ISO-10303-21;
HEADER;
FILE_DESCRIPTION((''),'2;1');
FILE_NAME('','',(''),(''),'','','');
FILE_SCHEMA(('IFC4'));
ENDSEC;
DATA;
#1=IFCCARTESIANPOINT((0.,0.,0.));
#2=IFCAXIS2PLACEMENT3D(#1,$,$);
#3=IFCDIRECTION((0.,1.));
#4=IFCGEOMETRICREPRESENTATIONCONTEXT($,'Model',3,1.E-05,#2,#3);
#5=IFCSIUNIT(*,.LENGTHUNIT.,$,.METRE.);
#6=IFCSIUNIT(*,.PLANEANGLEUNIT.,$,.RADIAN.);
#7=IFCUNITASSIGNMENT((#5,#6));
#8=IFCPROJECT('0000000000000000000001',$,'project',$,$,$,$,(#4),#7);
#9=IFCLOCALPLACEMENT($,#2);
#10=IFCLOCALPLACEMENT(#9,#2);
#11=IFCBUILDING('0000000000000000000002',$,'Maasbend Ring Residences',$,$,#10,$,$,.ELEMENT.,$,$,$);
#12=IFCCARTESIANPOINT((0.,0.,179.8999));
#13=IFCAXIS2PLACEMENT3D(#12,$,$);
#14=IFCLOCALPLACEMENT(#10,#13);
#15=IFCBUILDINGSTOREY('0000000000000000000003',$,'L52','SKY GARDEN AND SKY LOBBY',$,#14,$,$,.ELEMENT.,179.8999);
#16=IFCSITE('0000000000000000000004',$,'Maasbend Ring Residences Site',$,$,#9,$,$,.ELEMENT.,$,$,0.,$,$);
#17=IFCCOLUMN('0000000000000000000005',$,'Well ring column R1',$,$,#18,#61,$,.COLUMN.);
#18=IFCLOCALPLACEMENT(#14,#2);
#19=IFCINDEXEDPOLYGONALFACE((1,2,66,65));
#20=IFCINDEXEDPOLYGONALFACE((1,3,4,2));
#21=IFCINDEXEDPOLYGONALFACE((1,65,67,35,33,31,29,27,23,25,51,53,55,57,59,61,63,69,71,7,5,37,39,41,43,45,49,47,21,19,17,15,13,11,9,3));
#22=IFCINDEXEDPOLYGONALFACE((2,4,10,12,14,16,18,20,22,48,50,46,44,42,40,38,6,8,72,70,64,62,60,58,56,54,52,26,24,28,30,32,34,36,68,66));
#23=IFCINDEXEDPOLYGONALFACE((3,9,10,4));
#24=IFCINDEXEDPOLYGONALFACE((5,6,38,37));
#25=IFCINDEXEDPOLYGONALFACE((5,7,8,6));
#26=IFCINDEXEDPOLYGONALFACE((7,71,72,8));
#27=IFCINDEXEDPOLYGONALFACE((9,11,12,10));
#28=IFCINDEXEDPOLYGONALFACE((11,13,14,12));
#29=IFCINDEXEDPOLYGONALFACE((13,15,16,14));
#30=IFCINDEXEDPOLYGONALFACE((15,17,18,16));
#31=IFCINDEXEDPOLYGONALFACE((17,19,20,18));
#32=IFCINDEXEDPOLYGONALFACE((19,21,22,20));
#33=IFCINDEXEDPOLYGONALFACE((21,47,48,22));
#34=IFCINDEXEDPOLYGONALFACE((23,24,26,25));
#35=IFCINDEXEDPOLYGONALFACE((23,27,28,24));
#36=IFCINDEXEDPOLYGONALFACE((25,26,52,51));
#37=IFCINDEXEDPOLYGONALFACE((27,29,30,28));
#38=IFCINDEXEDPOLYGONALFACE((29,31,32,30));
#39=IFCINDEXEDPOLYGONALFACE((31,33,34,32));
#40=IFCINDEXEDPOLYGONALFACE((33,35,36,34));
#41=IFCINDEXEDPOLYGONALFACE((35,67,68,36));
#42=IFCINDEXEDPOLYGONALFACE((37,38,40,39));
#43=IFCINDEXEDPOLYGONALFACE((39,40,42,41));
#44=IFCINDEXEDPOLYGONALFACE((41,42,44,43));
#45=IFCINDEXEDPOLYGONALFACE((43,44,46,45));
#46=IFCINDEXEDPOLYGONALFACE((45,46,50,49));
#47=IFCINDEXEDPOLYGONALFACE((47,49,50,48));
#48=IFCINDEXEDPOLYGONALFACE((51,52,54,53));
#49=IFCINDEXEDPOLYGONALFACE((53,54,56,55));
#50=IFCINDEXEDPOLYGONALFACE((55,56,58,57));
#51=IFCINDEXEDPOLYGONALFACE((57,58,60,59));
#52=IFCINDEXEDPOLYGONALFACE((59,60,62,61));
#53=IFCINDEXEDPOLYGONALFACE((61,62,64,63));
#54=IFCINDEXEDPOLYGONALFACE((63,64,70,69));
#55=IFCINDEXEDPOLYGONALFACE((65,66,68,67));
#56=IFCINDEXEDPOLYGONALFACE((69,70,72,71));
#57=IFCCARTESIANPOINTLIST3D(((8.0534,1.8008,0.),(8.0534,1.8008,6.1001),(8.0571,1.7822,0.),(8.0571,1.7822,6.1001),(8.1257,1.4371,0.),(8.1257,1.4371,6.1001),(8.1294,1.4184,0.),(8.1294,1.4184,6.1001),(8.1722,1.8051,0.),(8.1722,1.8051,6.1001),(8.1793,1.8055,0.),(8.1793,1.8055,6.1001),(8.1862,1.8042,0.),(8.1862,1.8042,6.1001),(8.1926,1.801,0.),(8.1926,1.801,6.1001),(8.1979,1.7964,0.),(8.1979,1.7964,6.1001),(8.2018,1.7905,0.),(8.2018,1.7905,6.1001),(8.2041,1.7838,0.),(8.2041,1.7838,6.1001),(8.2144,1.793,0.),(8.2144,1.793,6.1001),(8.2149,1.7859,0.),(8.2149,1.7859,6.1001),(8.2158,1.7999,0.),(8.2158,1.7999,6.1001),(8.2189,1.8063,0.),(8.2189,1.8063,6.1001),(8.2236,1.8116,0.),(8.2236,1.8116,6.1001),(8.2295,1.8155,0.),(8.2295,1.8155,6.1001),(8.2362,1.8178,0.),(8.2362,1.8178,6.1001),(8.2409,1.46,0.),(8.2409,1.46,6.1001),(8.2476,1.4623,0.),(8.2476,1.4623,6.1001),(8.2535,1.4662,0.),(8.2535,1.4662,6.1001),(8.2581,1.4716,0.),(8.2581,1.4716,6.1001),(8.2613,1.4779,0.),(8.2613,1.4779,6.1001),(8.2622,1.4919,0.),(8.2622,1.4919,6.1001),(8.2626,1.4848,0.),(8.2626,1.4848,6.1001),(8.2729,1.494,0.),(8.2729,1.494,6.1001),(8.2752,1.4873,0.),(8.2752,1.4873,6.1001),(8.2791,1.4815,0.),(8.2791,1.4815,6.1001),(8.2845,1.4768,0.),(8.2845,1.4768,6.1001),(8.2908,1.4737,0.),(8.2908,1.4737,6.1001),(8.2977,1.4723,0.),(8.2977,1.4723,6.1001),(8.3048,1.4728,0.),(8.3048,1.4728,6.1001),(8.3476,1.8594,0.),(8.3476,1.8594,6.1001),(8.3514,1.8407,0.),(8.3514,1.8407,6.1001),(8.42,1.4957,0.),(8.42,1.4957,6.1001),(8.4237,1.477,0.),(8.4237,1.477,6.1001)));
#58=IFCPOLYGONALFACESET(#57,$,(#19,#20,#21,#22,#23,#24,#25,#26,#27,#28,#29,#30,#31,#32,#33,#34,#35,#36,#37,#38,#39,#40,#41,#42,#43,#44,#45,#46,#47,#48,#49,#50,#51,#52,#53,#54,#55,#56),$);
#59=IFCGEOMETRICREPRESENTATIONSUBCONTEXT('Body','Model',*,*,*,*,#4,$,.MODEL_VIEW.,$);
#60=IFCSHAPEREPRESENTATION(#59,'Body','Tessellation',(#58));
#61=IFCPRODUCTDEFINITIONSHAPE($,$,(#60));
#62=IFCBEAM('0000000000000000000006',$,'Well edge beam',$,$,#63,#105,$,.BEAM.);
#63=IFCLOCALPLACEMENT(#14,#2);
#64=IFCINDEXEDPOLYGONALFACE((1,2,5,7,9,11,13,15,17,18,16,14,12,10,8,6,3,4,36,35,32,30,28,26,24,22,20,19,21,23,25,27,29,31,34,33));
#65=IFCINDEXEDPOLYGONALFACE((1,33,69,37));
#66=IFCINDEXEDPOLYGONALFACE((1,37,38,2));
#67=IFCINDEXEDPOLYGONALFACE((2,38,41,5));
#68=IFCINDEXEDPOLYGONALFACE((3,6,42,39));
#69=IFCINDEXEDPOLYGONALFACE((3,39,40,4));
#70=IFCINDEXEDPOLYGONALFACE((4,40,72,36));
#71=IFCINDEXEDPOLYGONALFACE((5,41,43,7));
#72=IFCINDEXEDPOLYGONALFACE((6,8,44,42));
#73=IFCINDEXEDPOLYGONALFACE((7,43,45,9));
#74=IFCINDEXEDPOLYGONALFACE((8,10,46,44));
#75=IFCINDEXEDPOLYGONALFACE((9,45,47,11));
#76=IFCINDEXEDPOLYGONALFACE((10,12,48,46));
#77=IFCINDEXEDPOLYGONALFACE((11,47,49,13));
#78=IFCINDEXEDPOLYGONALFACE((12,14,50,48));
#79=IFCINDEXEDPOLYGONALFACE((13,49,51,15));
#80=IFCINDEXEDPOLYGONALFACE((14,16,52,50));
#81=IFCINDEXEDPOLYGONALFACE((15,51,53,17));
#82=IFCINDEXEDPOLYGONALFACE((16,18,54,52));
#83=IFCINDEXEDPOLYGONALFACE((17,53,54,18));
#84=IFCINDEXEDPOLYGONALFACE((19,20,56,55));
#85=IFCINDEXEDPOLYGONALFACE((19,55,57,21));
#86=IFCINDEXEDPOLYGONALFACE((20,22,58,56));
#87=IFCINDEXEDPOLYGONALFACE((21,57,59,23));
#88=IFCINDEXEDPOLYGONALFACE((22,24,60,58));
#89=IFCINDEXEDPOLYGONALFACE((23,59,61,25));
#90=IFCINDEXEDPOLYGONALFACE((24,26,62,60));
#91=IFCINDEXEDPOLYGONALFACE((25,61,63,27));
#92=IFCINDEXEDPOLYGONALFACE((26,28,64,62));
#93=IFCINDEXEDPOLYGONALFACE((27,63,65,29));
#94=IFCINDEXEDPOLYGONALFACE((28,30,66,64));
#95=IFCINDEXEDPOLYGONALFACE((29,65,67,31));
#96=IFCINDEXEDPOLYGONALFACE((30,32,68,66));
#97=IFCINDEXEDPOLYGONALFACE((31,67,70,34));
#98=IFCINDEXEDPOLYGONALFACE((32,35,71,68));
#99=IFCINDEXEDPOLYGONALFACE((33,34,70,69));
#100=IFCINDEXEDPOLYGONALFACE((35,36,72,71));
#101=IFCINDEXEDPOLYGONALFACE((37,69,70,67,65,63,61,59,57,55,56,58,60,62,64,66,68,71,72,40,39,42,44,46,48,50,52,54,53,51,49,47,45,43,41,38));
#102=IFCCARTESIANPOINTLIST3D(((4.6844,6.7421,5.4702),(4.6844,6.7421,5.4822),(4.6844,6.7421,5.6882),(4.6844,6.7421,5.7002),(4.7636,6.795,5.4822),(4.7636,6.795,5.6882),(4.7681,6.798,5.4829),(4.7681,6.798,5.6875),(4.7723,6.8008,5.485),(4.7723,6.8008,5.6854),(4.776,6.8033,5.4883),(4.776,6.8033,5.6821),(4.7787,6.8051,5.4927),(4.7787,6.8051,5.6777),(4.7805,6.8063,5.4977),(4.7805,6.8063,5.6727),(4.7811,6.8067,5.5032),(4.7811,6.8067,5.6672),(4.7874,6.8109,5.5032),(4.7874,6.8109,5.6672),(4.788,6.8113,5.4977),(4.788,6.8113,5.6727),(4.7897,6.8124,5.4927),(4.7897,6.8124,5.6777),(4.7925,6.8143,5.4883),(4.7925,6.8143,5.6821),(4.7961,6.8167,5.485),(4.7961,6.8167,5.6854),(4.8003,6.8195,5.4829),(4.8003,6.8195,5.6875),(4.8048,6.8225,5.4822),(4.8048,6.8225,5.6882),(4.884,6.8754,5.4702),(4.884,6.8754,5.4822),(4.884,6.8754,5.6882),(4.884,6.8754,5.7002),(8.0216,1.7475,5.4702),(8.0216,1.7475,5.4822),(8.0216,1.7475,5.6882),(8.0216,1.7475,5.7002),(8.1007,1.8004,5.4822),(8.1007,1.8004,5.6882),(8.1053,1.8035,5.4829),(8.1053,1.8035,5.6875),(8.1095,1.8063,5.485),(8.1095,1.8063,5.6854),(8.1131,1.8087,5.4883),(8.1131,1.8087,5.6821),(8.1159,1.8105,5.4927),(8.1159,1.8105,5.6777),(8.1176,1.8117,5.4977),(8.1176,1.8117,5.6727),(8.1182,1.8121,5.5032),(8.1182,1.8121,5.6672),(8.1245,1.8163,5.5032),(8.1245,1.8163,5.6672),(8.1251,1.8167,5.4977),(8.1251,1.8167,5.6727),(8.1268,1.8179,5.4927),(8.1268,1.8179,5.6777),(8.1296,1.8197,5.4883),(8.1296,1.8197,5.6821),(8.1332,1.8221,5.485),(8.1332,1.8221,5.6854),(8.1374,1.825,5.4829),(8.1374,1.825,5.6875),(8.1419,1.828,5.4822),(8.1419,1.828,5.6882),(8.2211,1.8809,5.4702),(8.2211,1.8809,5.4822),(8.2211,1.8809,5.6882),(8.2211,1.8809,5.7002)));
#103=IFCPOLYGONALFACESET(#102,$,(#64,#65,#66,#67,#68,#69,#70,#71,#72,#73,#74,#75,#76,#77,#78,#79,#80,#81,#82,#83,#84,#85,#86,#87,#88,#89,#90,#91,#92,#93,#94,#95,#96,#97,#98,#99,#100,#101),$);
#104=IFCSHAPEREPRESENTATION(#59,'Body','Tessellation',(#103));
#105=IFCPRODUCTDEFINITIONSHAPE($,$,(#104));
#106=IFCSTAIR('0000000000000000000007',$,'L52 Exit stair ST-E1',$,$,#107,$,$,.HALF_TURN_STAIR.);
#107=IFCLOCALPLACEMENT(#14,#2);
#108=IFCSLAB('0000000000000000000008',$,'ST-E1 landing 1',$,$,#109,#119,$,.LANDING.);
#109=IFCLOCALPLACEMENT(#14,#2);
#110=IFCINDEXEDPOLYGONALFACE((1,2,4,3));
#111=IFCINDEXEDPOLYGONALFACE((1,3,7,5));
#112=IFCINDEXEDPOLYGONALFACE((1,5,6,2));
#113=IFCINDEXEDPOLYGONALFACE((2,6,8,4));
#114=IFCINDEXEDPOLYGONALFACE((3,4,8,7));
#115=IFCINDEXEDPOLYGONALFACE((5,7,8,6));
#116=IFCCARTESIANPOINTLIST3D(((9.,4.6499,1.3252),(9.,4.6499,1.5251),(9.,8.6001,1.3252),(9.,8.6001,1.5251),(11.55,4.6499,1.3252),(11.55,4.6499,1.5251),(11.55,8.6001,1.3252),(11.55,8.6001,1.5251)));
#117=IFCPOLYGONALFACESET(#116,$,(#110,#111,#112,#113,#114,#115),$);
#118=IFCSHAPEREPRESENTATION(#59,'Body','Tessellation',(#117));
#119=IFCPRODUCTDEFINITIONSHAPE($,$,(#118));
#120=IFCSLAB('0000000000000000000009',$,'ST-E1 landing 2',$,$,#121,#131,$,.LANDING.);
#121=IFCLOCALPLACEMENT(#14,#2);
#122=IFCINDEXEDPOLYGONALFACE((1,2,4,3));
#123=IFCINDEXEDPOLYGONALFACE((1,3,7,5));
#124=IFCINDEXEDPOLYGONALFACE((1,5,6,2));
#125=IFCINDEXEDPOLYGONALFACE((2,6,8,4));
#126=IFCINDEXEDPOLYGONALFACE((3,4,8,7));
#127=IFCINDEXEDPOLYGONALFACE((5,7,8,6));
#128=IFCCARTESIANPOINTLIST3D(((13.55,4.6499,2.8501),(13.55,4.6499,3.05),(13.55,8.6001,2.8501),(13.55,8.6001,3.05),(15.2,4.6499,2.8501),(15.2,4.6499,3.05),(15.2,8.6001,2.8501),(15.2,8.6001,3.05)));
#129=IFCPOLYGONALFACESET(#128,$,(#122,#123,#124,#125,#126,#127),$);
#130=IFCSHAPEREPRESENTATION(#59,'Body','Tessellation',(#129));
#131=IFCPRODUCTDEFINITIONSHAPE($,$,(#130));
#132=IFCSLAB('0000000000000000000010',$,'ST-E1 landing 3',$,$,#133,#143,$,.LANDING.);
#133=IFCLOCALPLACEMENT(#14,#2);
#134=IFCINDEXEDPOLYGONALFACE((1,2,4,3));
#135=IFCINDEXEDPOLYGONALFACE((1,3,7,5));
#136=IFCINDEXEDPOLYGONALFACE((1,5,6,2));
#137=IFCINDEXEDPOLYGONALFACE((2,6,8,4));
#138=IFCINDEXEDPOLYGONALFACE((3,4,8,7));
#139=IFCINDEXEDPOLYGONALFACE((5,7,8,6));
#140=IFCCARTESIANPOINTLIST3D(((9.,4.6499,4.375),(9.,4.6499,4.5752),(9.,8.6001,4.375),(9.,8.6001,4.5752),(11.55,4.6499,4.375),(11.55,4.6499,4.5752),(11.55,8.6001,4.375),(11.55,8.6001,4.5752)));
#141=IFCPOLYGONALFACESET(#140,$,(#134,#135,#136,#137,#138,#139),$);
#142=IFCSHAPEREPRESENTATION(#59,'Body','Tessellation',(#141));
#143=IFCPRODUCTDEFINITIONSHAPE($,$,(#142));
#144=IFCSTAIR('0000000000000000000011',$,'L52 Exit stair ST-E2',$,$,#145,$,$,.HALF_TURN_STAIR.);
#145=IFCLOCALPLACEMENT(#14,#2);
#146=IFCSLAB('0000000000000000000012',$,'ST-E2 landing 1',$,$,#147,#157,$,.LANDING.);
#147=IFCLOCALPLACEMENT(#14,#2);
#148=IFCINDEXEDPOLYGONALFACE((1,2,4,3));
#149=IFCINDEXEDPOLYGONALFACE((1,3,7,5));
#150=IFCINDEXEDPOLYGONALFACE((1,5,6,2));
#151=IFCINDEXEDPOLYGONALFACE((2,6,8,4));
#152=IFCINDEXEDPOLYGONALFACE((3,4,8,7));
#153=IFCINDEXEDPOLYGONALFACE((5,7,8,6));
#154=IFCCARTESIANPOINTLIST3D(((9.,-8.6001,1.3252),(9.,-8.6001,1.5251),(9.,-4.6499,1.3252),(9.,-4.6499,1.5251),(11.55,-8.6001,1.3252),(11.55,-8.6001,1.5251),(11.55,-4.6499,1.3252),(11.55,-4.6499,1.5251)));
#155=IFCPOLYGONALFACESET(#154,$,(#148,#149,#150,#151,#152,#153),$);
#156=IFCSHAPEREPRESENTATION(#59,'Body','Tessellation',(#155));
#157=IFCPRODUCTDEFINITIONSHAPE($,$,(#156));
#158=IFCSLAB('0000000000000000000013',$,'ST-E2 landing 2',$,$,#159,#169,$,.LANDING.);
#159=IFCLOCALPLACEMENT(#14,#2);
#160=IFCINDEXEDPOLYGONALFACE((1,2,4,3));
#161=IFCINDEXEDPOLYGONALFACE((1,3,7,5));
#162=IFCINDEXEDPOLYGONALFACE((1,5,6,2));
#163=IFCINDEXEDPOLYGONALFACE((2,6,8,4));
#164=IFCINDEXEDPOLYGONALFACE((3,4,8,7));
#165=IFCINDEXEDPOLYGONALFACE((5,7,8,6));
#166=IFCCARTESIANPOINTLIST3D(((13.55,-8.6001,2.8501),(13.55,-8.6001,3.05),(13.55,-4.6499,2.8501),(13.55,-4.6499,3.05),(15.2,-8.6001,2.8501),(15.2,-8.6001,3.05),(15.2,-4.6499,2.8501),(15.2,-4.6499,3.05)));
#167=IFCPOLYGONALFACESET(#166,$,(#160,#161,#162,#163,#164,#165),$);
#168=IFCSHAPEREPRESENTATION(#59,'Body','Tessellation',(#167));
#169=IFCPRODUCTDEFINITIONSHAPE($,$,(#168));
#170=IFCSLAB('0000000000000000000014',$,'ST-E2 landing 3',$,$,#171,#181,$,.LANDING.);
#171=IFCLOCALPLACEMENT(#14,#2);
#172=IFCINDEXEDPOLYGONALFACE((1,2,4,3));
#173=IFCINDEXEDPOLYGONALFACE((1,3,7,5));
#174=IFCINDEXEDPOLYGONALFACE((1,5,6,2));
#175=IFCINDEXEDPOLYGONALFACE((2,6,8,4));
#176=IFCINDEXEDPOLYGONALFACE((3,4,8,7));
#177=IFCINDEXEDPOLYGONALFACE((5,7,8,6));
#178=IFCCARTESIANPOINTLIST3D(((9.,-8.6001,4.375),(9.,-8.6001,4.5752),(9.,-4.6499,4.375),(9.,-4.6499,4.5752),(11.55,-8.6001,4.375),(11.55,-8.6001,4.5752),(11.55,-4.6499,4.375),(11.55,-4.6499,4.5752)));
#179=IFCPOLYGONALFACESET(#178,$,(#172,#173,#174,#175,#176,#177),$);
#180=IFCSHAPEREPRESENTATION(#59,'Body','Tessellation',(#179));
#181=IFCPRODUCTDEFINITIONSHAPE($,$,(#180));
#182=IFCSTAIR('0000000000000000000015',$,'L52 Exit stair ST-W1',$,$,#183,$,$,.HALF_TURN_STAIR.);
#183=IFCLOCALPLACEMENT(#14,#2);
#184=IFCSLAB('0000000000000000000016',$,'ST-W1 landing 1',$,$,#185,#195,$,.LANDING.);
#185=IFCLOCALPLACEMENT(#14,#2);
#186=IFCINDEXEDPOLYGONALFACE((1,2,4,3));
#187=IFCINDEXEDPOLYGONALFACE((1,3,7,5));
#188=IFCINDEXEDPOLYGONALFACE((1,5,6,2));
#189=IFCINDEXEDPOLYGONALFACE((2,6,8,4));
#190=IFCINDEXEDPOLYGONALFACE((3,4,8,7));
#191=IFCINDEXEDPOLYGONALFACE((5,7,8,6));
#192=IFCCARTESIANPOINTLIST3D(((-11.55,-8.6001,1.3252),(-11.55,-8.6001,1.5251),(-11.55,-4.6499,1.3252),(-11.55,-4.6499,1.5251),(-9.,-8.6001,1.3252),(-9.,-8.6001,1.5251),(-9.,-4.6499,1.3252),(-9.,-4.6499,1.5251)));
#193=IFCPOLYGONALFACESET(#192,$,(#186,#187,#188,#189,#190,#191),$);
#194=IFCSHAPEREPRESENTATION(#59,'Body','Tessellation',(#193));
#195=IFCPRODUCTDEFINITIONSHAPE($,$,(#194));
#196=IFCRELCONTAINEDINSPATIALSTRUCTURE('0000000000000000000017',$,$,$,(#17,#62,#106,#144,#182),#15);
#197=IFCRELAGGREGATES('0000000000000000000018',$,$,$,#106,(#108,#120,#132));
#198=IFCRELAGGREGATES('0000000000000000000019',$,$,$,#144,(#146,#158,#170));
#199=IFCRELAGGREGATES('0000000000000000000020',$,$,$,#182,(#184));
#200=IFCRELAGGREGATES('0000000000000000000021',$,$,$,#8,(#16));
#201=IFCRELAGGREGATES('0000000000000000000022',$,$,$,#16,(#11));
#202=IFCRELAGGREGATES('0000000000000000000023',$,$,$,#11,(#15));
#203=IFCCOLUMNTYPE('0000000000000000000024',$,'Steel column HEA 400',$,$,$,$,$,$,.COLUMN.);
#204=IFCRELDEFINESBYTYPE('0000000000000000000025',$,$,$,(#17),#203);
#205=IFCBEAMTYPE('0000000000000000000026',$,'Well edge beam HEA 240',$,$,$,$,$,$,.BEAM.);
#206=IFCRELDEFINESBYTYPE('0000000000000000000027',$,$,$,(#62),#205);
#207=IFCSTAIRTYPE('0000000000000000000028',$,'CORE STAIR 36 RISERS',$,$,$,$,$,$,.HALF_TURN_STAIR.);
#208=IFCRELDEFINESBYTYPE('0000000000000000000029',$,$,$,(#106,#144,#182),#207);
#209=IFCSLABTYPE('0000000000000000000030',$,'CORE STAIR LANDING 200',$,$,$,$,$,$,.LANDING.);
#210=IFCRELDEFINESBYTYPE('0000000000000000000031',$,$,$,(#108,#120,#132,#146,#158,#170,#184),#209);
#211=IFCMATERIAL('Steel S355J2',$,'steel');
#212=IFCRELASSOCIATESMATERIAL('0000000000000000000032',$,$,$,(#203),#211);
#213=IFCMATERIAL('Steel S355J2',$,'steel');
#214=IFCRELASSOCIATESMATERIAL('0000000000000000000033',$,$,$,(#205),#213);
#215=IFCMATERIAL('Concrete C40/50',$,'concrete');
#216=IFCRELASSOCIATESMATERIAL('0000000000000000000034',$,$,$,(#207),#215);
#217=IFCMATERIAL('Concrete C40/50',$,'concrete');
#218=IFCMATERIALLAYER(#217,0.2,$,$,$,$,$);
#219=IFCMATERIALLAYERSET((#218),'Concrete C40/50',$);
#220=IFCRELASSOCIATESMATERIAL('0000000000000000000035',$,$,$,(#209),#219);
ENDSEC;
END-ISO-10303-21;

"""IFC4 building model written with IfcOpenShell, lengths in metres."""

from ifc_helpers import new_model, si_unit, direction, frame, origin, origin_2d, place, context, subcontext, project, spatial, polyline, i_section, outline, extrude, material, layer, layer_set, material_profile, profile_set, type_object, element, aggregate, save


model = new_model("IFC4")

# Units and contexts
model_context = context("Model", 3, precision=1e-05, world=origin(), true_north=direction((0.0, 1.0)))
body_context = subcontext(model_context, "Body", "Model", "MODEL_VIEW")
ifc_project = project(units=[si_unit("LENGTHUNIT", "METRE"), si_unit("PLANEANGLEUNIT", "RADIAN")], contexts=[model_context])

# Site, building, storey
site_placement = place(None, origin())
site = spatial("IfcSite", under=ifc_project, at=site_placement, Name="Maasbend Ring Residences Site", CompositionType="ELEMENT", RefElevation=0.0)
building_placement = place(site_placement, origin())
building = spatial("IfcBuilding", under=site, at=building_placement, Name="Maasbend Ring Residences", CompositionType="ELEMENT")
storey_placement = place(building_placement, frame((0.0, 0.0, 179.8999)))
storey = spatial("IfcBuildingStorey", under=building, at=storey_placement, Name="L52", Description="SKY GARDEN AND SKY LOBBY", CompositionType="ELEMENT", Elevation=179.8999)

# Column
ifc_material_1 = material(Name="Steel S355J2", Category="steel")
ifc_material_profile_1 = material_profile(ifc_material_1, i_section(OverallWidth=0.3, OverallDepth=0.3899, WebThickness=0.011, FlangeThickness=0.019, FilletRadius=0.0271, at=origin_2d()), Name="HEA 400")
ifc_profile_set_1 = profile_set([ifc_material_profile_1], Name="Steel S355J2")
column_type = type_object("IfcColumnType", Name="Steel column HEA 400", PredefinedType="COLUMN", material=ifc_profile_set_1)
column_placement = place(storey_placement, frame((8.2385, 1.6389, 0.0), z_axis=(0.0, 0.0, 1.0), x_axis=(0.980785, 0.19509, 0.0)))
element("IfcColumn", 1, at=column_placement, inside=storey, type_object=column_type, Name="Well ring column R1", PredefinedType="COLUMN", context=body_context, shape_type="SweptSolid", body=[
    extrude(i_section(OverallWidth=0.3, OverallDepth=0.3899, WebThickness=0.011, FlangeThickness=0.019, FilletRadius=0.0271, at=origin_2d()), origin(), (0.0, 0.0, 1.0), 6.1001),
])

# Beam
ifc_material_2 = material(Name="Steel S355J2", Category="steel")
ifc_material_profile_2 = material_profile(ifc_material_2, i_section(OverallWidth=0.24, OverallDepth=0.23, WebThickness=0.0076, FlangeThickness=0.012, FilletRadius=0.021, at=origin_2d()), Name="HEA 240")
ifc_profile_set_2 = profile_set([ifc_material_profile_2], Name="Steel S355J2")
beam_type = type_object("IfcBeamType", Name="Well edge beam HEA 240", PredefinedType="BEAM", material=ifc_profile_set_2)
beam_placement = place(storey_placement, frame((8.1213, 1.8142, 5.5852), z_axis=(-0.555553, 0.831481, 0.0), x_axis=(-0.831481, -0.555553, 0.0)))
element("IfcBeam", 2, at=beam_placement, inside=storey, type_object=beam_type, Name="Well edge beam", PredefinedType="BEAM", context=body_context, shape_type="SweptSolid", body=[
    extrude(i_section(OverallWidth=0.24, OverallDepth=0.23, WebThickness=0.0076, FlangeThickness=0.012, FilletRadius=0.021, at=origin_2d()), origin(), (0.0, 0.0, 1.0), 6.0068),
])

# Stairs, slabs
ifc_material_3 = material(Name="Concrete C40/50", Category="concrete")
stair_type = type_object("IfcStairType", Name="CORE STAIR 36 RISERS", PredefinedType="HALF_TURN_STAIR", material=ifc_material_3)
stair_1_placement = place(storey_placement, origin())
stair_1 = element("IfcStair", 3, at=stair_1_placement, inside=storey, type_object=stair_type, Name="L52 Exit stair ST-E1", PredefinedType="HALF_TURN_STAIR")
ifc_material_4 = material(Name="Concrete C40/50", Category="concrete")
ifc_layer_1 = layer(ifc_material_4, 0.2)
ifc_layer_set_1 = layer_set([ifc_layer_1], Name="Concrete C40/50")
slab_type_1 = type_object("IfcSlabType", Name="CORE STAIR LANDING 200", PredefinedType="LANDING", material=ifc_layer_set_1)
slab_1_placement = place(storey_placement, frame((0.0, 0.0, 1.3252)))
slab_1 = element("IfcSlab", 4, at=slab_1_placement, type_object=slab_type_1, Name="ST-E1 landing 1", PredefinedType="LANDING", context=body_context, shape_type="SweptSolid", body=[
    extrude(outline(polyline([(11.55, 8.6001), (9.0, 8.6001), (9.0, 4.6499), (11.55, 4.6499), (11.55, 8.6001)])), origin(), (0.0, 0.0, 1.0), 0.2),
])
slab_2_placement = place(storey_placement, frame((0.0, 0.0, 2.8501)))
slab_2 = element("IfcSlab", 5, at=slab_2_placement, type_object=slab_type_1, Name="ST-E1 landing 2", PredefinedType="LANDING", context=body_context, shape_type="SweptSolid", body=[
    extrude(outline(polyline([(15.2, 8.6001), (13.55, 8.6001), (13.55, 4.6499), (15.2, 4.6499), (15.2, 8.6001)])), origin(), (0.0, 0.0, 1.0), 0.2),
])
slab_3_placement = place(storey_placement, frame((0.0, 0.0, 4.375)))
slab_3 = element("IfcSlab", 6, at=slab_3_placement, type_object=slab_type_1, Name="ST-E1 landing 3", PredefinedType="LANDING", context=body_context, shape_type="SweptSolid", body=[
    extrude(outline(polyline([(11.55, 8.6001), (9.0, 8.6001), (9.0, 4.6499), (11.55, 4.6499), (11.55, 8.6001)])), origin(), (0.0, 0.0, 1.0), 0.2002),
])
aggregate(stair_1, [slab_1, slab_2, slab_3])
stair_2_placement = place(storey_placement, origin())
stair_2 = element("IfcStair", 7, at=stair_2_placement, inside=storey, type_object=stair_type, Name="L52 Exit stair ST-E2", PredefinedType="HALF_TURN_STAIR")
slab_4_placement = place(storey_placement, frame((0.0, 0.0, 1.3252)))
slab_4 = element("IfcSlab", 8, at=slab_4_placement, type_object=slab_type_1, Name="ST-E2 landing 1", PredefinedType="LANDING", context=body_context, shape_type="SweptSolid", body=[
    extrude(outline(polyline([(11.55, -4.6499), (9.0, -4.6499), (9.0, -8.6001), (11.55, -8.6001), (11.55, -4.6499)])), origin(), (0.0, 0.0, 1.0), 0.2),
])
slab_5_placement = place(storey_placement, frame((0.0, 0.0, 2.8501)))
slab_5 = element("IfcSlab", 9, at=slab_5_placement, type_object=slab_type_1, Name="ST-E2 landing 2", PredefinedType="LANDING", context=body_context, shape_type="SweptSolid", body=[
    extrude(outline(polyline([(15.2, -4.6499), (13.55, -4.6499), (13.55, -8.6001), (15.2, -8.6001), (15.2, -4.6499)])), origin(), (0.0, 0.0, 1.0), 0.2),
])
slab_6_placement = place(storey_placement, frame((0.0, 0.0, 4.375)))
slab_6 = element("IfcSlab", 10, at=slab_6_placement, type_object=slab_type_1, Name="ST-E2 landing 3", PredefinedType="LANDING", context=body_context, shape_type="SweptSolid", body=[
    extrude(outline(polyline([(11.55, -4.6499), (9.0, -4.6499), (9.0, -8.6001), (11.55, -8.6001), (11.55, -4.6499)])), origin(), (0.0, 0.0, 1.0), 0.2002),
])
aggregate(stair_2, [slab_4, slab_5, slab_6])
stair_3_placement = place(storey_placement, origin())
stair_3 = element("IfcStair", 11, at=stair_3_placement, inside=storey, type_object=stair_type, Name="L52 Exit stair ST-W1", PredefinedType="HALF_TURN_STAIR")
slab_7_placement = place(storey_placement, frame((0.0, 0.0, 1.3252)))
slab_7 = element("IfcSlab", 12, at=slab_7_placement, type_object=slab_type_1, Name="ST-W1 landing 1", PredefinedType="LANDING", context=body_context, shape_type="SweptSolid", body=[
    extrude(outline(polyline([(-11.55, -8.6001), (-9.0, -8.6001), (-9.0, -4.6499), (-11.55, -4.6499), (-11.55, -8.6001)])), origin(), (0.0, 0.0, 1.0), 0.2),
])
aggregate(stair_3, [slab_7])

save(model, "model.ifc")
